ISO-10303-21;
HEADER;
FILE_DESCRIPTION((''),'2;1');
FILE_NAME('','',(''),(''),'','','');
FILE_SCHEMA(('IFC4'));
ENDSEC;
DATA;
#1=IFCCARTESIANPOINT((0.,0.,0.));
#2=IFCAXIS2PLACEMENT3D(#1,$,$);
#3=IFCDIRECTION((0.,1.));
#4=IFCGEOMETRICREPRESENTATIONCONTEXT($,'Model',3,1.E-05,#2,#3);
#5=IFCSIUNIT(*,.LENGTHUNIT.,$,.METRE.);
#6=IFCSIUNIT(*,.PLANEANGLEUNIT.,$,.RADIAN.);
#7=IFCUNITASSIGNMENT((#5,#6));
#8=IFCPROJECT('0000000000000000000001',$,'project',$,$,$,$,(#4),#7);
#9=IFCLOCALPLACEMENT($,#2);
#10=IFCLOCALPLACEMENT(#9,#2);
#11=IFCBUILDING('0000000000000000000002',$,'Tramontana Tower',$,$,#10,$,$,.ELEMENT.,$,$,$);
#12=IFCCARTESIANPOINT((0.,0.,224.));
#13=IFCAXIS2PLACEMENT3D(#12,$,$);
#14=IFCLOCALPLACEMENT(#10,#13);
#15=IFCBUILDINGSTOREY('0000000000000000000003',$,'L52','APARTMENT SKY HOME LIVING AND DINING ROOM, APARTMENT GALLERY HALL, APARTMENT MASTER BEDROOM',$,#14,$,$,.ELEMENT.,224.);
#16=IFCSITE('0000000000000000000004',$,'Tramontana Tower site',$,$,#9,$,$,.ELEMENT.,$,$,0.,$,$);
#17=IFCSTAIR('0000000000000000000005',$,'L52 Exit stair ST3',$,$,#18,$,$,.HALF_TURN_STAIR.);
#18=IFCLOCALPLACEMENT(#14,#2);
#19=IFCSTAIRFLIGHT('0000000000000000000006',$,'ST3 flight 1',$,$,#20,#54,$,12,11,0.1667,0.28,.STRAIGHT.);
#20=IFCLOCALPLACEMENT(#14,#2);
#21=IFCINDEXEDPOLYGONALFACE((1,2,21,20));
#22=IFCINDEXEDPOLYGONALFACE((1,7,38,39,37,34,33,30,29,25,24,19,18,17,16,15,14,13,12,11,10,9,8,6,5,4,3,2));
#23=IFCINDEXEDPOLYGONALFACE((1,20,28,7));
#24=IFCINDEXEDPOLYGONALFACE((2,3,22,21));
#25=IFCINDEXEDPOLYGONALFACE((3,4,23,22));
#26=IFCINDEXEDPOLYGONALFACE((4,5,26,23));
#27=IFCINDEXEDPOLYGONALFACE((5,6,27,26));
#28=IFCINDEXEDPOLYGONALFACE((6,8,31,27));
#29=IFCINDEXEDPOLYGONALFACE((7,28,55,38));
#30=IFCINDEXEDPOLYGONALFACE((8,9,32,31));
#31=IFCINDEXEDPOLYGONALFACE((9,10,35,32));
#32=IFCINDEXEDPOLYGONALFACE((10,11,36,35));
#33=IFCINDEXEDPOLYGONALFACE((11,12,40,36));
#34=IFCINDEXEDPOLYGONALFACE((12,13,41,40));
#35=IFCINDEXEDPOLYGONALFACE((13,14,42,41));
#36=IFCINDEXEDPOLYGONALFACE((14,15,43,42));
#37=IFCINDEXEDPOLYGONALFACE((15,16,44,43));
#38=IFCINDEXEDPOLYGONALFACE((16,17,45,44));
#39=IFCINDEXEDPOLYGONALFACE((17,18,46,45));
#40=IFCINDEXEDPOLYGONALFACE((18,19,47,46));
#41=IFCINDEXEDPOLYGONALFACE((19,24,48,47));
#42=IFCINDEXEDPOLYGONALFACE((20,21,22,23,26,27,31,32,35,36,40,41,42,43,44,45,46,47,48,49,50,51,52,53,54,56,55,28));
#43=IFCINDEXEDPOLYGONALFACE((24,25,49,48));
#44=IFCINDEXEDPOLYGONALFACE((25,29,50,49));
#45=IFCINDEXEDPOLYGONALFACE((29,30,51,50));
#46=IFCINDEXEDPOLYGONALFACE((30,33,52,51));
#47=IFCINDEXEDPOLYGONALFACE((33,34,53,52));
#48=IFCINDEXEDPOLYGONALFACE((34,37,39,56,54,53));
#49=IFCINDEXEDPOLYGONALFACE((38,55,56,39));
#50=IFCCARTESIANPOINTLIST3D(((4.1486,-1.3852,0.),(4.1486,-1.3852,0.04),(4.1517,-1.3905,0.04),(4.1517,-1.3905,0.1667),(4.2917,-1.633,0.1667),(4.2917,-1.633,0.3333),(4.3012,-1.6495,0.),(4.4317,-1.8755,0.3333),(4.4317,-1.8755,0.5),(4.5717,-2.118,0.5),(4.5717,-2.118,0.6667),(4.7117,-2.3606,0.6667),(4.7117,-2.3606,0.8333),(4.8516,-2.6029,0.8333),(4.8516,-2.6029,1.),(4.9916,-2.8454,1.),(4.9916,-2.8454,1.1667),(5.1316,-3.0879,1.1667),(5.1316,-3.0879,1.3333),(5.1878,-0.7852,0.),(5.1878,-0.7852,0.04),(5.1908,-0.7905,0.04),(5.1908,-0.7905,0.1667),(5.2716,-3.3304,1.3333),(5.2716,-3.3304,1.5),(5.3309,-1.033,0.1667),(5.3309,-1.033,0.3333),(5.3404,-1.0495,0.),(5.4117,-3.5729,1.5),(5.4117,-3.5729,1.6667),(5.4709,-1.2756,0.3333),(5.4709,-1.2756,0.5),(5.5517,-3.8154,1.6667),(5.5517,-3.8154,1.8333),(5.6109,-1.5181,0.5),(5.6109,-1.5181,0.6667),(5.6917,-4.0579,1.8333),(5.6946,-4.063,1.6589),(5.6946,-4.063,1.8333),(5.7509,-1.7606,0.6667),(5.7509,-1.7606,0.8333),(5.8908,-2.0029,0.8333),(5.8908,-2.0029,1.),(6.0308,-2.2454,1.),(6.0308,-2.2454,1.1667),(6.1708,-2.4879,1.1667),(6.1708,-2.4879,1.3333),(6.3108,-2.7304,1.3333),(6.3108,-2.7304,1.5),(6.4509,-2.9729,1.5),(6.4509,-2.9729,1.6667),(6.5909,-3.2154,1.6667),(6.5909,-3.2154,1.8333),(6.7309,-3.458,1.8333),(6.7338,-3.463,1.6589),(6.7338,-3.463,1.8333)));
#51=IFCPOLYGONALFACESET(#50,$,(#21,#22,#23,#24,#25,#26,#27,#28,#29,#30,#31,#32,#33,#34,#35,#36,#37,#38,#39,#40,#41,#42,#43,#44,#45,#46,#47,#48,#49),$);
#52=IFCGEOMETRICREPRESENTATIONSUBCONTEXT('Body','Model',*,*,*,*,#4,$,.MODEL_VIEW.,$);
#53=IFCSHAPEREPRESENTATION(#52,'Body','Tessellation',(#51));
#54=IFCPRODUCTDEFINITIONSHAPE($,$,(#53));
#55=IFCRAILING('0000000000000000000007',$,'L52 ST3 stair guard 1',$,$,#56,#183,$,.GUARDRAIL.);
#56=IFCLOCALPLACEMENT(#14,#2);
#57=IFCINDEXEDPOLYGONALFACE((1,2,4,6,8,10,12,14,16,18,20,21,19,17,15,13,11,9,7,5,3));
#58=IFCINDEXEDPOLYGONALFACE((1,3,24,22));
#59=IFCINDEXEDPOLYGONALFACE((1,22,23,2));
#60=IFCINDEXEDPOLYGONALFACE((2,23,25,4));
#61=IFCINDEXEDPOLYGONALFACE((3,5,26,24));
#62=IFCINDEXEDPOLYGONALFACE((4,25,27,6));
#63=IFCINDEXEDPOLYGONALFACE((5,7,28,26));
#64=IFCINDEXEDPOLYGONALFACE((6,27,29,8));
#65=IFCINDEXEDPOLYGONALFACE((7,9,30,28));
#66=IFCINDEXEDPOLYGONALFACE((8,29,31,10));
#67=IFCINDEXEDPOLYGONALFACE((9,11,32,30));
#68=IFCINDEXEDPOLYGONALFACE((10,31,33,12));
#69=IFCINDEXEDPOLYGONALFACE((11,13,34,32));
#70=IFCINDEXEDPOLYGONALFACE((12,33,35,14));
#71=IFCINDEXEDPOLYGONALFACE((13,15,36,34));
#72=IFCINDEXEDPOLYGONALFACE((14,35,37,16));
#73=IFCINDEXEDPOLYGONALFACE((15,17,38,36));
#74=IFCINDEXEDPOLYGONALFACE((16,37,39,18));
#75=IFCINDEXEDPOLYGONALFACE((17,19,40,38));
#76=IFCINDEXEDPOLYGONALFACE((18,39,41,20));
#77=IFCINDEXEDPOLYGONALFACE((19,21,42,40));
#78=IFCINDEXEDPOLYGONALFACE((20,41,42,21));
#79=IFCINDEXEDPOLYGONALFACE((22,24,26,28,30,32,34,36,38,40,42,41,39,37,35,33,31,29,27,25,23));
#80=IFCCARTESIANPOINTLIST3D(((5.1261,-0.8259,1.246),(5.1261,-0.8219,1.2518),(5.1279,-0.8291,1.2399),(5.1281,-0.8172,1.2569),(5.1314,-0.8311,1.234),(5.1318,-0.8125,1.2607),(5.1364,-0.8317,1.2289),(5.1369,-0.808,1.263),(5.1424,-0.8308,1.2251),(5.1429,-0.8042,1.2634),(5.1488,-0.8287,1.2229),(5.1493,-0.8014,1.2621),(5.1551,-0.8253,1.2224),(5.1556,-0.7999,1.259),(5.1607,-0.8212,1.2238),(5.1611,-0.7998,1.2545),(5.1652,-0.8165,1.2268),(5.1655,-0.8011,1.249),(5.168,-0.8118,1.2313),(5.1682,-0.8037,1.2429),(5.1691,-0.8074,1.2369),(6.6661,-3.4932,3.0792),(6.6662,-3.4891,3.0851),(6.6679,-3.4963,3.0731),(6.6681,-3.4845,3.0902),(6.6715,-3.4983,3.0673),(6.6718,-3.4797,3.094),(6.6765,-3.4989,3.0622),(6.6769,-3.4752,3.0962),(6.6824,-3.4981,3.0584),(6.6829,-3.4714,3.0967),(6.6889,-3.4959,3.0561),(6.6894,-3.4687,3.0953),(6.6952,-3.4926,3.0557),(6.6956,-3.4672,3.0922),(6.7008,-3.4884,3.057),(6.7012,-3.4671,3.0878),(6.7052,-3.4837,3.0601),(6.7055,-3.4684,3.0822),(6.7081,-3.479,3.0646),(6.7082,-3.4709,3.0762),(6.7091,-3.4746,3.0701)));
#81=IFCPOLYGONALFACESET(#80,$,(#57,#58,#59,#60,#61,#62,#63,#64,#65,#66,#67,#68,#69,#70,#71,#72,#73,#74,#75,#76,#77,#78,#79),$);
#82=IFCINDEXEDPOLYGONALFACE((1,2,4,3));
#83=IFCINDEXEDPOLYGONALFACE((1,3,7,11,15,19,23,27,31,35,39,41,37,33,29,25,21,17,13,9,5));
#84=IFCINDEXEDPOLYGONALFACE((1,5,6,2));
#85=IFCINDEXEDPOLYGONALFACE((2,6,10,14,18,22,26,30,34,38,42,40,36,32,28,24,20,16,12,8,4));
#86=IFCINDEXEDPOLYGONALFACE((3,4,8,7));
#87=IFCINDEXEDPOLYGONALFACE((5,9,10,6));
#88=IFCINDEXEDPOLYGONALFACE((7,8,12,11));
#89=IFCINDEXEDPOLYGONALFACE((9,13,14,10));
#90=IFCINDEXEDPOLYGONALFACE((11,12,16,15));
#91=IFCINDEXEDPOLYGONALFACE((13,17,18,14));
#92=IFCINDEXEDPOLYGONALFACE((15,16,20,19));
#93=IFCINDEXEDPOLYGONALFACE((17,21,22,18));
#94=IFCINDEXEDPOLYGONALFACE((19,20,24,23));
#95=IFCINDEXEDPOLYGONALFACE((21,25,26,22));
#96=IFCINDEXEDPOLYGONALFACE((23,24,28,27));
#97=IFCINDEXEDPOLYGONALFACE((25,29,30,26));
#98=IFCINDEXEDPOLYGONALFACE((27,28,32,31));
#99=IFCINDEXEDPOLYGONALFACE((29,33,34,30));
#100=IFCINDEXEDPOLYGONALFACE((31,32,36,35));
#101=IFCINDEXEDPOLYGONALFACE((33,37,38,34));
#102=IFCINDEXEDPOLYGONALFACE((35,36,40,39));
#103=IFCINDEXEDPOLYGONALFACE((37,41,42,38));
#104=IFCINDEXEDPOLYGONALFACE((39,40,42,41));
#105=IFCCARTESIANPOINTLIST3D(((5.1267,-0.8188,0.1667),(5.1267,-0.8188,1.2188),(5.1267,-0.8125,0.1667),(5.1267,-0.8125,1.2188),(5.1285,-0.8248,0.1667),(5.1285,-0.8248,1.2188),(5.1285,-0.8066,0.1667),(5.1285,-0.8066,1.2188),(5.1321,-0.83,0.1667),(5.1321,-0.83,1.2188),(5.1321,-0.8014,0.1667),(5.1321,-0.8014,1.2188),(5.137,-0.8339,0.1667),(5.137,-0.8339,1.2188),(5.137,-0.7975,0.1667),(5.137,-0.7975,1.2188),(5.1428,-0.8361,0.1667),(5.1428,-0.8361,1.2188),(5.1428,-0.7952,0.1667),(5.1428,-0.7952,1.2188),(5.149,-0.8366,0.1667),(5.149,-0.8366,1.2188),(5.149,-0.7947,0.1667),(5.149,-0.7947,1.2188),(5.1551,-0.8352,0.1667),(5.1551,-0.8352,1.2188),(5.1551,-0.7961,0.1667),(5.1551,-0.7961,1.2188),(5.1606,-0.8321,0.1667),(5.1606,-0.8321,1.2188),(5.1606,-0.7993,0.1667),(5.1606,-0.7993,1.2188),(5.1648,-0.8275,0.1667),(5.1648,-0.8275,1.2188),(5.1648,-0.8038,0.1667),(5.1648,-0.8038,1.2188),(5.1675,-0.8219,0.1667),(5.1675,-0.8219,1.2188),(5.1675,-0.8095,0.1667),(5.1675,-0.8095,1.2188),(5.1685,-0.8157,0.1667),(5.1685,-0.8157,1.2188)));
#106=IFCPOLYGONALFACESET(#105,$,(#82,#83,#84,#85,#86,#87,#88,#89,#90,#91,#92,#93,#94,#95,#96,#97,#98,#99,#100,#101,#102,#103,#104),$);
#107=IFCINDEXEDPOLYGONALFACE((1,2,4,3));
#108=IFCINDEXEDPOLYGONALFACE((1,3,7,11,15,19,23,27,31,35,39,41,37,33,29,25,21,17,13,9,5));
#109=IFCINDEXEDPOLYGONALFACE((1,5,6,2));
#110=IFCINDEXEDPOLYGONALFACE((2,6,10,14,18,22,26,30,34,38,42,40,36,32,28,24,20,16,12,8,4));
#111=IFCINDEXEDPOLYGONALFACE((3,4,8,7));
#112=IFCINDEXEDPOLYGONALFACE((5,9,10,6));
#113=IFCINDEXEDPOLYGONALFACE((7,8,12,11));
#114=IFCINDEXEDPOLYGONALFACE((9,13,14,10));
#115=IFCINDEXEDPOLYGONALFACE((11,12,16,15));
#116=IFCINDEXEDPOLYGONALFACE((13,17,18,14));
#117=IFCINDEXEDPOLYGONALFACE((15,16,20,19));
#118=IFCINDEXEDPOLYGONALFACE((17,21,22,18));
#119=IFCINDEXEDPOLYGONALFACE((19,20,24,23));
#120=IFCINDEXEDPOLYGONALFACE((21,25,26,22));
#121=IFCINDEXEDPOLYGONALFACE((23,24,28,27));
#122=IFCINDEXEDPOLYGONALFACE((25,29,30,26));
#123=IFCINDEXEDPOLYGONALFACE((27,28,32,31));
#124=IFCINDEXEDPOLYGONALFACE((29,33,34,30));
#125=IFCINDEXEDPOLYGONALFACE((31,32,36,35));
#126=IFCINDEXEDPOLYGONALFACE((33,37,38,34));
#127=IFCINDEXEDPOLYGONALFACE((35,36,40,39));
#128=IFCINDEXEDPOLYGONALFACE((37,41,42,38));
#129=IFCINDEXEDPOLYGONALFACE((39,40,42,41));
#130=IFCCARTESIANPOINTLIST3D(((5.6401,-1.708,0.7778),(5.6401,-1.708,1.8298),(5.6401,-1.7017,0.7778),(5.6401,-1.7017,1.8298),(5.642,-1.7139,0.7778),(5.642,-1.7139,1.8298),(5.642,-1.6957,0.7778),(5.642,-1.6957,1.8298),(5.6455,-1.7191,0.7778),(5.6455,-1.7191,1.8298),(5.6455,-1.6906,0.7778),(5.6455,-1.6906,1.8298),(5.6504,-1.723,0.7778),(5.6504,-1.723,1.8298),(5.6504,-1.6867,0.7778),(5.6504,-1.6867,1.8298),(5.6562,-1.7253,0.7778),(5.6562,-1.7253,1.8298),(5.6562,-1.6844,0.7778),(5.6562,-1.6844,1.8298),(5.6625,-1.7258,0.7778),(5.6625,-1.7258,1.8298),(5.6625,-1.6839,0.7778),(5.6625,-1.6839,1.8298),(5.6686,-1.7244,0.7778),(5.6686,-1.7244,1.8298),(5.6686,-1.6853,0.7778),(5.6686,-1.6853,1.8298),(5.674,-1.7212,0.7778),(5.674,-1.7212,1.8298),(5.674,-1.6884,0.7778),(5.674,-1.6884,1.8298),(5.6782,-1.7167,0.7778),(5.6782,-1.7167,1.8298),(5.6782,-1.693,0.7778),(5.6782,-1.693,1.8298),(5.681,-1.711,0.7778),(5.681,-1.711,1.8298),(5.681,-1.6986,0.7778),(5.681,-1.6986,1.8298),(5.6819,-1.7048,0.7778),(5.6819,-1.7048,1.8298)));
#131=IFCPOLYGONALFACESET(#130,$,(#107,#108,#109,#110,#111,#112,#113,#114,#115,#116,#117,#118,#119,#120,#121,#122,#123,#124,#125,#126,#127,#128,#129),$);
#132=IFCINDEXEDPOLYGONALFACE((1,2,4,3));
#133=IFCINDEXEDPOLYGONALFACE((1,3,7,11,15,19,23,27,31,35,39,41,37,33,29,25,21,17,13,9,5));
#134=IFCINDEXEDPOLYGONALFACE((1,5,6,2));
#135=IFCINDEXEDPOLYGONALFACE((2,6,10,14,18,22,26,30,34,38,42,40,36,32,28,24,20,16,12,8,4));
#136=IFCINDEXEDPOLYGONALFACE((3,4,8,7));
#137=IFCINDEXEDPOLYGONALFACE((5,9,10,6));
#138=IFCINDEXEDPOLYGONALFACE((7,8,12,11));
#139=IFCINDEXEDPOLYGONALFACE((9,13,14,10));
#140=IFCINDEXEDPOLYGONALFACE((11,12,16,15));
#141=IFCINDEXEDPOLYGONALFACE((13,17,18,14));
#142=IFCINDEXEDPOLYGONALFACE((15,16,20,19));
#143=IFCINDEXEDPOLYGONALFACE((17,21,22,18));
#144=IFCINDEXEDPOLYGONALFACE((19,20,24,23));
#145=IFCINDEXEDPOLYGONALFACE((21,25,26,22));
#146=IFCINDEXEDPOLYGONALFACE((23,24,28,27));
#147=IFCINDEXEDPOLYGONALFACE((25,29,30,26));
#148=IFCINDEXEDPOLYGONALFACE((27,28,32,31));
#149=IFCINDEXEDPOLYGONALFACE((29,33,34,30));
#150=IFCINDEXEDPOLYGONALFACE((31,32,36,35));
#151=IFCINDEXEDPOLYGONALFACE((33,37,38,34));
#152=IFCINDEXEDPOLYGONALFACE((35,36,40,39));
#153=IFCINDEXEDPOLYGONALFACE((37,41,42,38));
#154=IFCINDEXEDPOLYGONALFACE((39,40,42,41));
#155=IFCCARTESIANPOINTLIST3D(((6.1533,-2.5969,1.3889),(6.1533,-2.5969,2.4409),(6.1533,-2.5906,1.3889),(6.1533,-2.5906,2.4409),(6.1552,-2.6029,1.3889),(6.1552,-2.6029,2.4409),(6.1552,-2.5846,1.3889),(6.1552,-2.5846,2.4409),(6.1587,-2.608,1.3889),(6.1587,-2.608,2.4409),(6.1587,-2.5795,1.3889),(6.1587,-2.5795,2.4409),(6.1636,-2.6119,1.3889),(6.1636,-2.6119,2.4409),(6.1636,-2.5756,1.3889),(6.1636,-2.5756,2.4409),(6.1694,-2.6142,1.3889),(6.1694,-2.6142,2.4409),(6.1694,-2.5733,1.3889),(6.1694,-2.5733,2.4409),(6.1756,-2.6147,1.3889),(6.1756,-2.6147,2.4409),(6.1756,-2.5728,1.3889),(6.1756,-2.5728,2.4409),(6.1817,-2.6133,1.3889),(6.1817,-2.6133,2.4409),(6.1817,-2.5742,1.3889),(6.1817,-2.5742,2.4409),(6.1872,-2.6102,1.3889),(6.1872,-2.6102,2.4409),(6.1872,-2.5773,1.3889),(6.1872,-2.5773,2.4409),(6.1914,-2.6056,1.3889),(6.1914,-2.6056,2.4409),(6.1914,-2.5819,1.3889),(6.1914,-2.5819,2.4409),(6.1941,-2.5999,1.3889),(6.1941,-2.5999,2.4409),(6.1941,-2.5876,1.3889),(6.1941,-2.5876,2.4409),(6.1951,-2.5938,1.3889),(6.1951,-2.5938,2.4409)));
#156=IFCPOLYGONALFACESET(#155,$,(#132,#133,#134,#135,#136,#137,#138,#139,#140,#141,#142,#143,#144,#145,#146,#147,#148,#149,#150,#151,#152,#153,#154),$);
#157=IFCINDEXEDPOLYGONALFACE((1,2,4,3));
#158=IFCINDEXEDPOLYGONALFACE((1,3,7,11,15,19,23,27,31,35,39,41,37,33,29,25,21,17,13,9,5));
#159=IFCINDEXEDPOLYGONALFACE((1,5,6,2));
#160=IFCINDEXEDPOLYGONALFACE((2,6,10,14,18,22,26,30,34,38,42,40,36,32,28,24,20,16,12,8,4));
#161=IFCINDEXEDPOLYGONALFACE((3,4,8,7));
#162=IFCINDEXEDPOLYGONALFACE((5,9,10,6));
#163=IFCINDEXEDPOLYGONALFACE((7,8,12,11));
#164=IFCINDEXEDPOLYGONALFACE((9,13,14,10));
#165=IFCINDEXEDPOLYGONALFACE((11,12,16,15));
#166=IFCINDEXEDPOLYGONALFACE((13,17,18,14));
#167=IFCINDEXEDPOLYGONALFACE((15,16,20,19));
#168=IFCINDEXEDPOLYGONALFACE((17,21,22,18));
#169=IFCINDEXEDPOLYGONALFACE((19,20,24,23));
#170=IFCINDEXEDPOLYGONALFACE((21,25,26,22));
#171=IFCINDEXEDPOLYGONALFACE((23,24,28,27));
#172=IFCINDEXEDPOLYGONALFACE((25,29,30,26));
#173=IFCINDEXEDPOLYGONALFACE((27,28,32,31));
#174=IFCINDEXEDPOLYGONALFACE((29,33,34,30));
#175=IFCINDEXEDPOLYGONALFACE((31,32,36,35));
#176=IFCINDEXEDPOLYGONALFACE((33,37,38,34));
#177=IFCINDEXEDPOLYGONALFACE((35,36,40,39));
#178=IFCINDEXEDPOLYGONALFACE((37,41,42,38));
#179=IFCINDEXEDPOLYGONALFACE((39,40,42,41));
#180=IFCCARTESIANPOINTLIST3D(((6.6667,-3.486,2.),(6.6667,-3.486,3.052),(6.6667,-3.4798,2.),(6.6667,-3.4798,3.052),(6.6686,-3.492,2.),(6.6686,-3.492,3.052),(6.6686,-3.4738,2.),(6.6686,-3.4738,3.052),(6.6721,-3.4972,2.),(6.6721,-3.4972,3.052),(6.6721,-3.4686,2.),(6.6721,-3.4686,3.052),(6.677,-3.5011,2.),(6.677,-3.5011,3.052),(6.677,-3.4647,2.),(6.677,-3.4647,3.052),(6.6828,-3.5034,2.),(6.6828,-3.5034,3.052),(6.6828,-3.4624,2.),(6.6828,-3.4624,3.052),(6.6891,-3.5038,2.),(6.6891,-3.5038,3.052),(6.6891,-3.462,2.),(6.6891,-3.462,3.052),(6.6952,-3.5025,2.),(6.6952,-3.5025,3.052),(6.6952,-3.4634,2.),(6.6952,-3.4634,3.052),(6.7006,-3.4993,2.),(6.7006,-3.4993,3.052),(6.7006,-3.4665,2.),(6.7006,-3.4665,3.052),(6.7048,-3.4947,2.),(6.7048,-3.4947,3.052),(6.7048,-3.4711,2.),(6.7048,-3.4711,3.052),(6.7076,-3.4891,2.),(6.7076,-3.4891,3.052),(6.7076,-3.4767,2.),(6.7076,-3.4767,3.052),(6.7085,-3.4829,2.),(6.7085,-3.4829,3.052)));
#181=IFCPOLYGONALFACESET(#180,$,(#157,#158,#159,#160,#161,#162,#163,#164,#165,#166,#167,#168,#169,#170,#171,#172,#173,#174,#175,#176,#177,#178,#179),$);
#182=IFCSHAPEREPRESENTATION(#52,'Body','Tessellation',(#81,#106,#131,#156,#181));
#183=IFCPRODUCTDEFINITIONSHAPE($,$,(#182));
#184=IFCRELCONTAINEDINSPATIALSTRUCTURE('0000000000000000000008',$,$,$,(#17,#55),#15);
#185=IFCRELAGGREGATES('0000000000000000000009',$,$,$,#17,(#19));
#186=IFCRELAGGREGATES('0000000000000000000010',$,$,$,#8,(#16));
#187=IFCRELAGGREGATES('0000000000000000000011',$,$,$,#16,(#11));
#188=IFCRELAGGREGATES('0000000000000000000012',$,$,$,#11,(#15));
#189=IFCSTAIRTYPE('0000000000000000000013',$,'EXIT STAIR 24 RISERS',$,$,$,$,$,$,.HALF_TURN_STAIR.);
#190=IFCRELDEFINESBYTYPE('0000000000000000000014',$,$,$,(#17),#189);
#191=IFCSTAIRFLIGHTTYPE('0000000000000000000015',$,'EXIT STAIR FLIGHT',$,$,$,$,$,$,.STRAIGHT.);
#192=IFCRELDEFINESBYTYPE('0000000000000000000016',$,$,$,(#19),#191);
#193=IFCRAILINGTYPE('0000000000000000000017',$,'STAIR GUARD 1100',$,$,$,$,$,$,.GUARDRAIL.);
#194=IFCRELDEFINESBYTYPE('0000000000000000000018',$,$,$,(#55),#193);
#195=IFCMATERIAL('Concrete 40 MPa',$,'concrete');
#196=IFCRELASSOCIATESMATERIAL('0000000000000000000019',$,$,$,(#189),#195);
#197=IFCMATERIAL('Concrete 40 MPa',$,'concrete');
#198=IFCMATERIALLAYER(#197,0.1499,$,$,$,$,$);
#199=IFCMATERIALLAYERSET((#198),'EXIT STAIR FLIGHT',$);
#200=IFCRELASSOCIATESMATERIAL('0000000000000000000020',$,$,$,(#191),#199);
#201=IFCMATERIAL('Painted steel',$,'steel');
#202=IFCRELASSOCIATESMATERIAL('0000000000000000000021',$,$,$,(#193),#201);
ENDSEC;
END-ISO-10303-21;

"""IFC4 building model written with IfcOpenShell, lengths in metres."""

from ifc_helpers import new_model, si_unit, direction, frame, origin, origin_2d, place, context, subcontext, project, spatial, polyline, circle, outline, extrude, material, layer, layer_set, type_object, element, aggregate, save


model = new_model("IFC4")

# Units and contexts
model_context = context("Model", 3, precision=1e-05, world=origin(), true_north=direction((0.0, 1.0)))
body_context = subcontext(model_context, "Body", "Model", "MODEL_VIEW")
ifc_project = project(units=[si_unit("LENGTHUNIT", "METRE"), si_unit("PLANEANGLEUNIT", "RADIAN")], contexts=[model_context])

# Site, building, storey
site_placement = place(None, origin())
site = spatial("IfcSite", under=ifc_project, at=site_placement, Name="Tramontana Tower site", CompositionType="ELEMENT", RefElevation=0.0)
building_placement = place(site_placement, origin())
building = spatial("IfcBuilding", under=site, at=building_placement, Name="Tramontana Tower", CompositionType="ELEMENT")
storey_placement = place(building_placement, frame((0.0, 0.0, 224.0)))
storey = spatial("IfcBuildingStorey", under=building, at=storey_placement, Name="L52", Description="APARTMENT SKY HOME LIVING AND DINING ROOM, APARTMENT GALLERY HALL, APARTMENT MASTER BEDROOM", CompositionType="ELEMENT", Elevation=224.0)

# Stair
ifc_material_1 = material(Name="Concrete 40 MPa", Category="concrete")
stair_type = type_object("IfcStairType", Name="EXIT STAIR 24 RISERS", PredefinedType="HALF_TURN_STAIR", material=ifc_material_1)
stair_1_placement = place(storey_placement, origin())
stair_1 = element("IfcStair", 1, at=stair_1_placement, inside=storey, type_object=stair_type, Name="L52 Exit stair ST3", PredefinedType="HALF_TURN_STAIR")

# Stair flight
ifc_material_2 = material(Name="Concrete 40 MPa", Category="concrete")
ifc_layer_1 = layer(ifc_material_2, 0.1499)
ifc_layer_set_1 = layer_set([ifc_layer_1], Name="EXIT STAIR FLIGHT")
stair_flight_type = type_object("IfcStairFlightType", Name="EXIT STAIR FLIGHT", PredefinedType="STRAIGHT", material=ifc_layer_set_1)
stair_flight_placement = place(storey_placement, frame((4.6711, -1.0906, 0.0), z_axis=(0.0, 0.0, 1.0), x_axis=(0.5, -0.866025, 0.0)))
stair_flight = element("IfcStairFlight", 2, at=stair_flight_placement, type_object=stair_flight_type, Name="ST3 flight 1", NumberOfRisers=12, NumberOfTreads=11, PredefinedType="STRAIGHT", RiserHeight=0.1667, TreadLength=0.28, context=body_context, shape_type="SweptSolid", body=[
    extrude(outline(polyline([(-0.0061, 0.0), (-0.0061, 0.04), (0.0, 0.04), (0.0, 0.1667), (0.28, 0.1667), (0.28, 0.3333), (0.5601, 0.3333), (0.5601, 0.5), (0.8401, 0.5), (0.8401, 0.6667), (1.1201, 0.6667), (1.1201, 0.8333), (1.3999, 0.8333), (1.3999, 1.0), (1.6799, 1.0), (1.6799, 1.1667), (1.96, 1.1667), (1.96, 1.3333), (2.24, 1.3333), (2.24, 1.5), (2.52, 1.5), (2.52, 1.6667), (2.8, 1.6667), (2.8, 1.8333), (3.0801, 1.8333), (3.0859, 1.8333), (3.0859, 1.6589), (0.2991, 0.0), (-0.0061, 0.0)])), frame((0.0, 0.6001, 0.0), z_axis=(0.0, -1.0, 0.0), x_axis=(1.0, 0.0, 0.0)), (0.0, 0.0, 1.0), 1.2),
])
aggregate(stair_1, [stair_flight])

# Railing
ifc_material_3 = material(Name="Painted steel", Category="steel")
railing_type_1 = type_object("IfcRailingType", Name="STAIR GUARD 1100", PredefinedType="GUARDRAIL", material=ifc_material_3)
railing_1_placement = place(storey_placement, frame((5.1475, -0.8157, 0.1667)))
element("IfcRailing", 3, at=railing_1_placement, inside=storey, type_object=railing_type_1, Name="L52 ST3 stair guard 1", PredefinedType="GUARDRAIL", context=body_context, shape_type="SweptSolid", body=[
    extrude(circle(Radius=0.0239, at=origin_2d()), frame((0.0, 0.0, 1.0762), z_axis=(0.429671, -0.744159, 0.511478), x_axis=(0.86601, 0.500027, 0.0)), (0.0, 0.0, 1.0), 3.5842),
    extrude(circle(Radius=0.021, at=origin_2d()), origin(), (0.0, 0.0, 1.0), 1.052),
    extrude(circle(Radius=0.021, at=origin_2d()), frame((0.5134, -0.8892, 0.6111)), (0.0, 0.0, 1.0), 1.052),
    extrude(circle(Radius=0.021, at=origin_2d()), frame((1.0266, -1.7781, 1.2222)), (0.0, 0.0, 1.0), 1.052),
    extrude(circle(Radius=0.021, at=origin_2d()), frame((1.54, -2.6672, 1.8333)), (0.0, 0.0, 1.0), 1.052),
])

save(model, "model.ifc")
